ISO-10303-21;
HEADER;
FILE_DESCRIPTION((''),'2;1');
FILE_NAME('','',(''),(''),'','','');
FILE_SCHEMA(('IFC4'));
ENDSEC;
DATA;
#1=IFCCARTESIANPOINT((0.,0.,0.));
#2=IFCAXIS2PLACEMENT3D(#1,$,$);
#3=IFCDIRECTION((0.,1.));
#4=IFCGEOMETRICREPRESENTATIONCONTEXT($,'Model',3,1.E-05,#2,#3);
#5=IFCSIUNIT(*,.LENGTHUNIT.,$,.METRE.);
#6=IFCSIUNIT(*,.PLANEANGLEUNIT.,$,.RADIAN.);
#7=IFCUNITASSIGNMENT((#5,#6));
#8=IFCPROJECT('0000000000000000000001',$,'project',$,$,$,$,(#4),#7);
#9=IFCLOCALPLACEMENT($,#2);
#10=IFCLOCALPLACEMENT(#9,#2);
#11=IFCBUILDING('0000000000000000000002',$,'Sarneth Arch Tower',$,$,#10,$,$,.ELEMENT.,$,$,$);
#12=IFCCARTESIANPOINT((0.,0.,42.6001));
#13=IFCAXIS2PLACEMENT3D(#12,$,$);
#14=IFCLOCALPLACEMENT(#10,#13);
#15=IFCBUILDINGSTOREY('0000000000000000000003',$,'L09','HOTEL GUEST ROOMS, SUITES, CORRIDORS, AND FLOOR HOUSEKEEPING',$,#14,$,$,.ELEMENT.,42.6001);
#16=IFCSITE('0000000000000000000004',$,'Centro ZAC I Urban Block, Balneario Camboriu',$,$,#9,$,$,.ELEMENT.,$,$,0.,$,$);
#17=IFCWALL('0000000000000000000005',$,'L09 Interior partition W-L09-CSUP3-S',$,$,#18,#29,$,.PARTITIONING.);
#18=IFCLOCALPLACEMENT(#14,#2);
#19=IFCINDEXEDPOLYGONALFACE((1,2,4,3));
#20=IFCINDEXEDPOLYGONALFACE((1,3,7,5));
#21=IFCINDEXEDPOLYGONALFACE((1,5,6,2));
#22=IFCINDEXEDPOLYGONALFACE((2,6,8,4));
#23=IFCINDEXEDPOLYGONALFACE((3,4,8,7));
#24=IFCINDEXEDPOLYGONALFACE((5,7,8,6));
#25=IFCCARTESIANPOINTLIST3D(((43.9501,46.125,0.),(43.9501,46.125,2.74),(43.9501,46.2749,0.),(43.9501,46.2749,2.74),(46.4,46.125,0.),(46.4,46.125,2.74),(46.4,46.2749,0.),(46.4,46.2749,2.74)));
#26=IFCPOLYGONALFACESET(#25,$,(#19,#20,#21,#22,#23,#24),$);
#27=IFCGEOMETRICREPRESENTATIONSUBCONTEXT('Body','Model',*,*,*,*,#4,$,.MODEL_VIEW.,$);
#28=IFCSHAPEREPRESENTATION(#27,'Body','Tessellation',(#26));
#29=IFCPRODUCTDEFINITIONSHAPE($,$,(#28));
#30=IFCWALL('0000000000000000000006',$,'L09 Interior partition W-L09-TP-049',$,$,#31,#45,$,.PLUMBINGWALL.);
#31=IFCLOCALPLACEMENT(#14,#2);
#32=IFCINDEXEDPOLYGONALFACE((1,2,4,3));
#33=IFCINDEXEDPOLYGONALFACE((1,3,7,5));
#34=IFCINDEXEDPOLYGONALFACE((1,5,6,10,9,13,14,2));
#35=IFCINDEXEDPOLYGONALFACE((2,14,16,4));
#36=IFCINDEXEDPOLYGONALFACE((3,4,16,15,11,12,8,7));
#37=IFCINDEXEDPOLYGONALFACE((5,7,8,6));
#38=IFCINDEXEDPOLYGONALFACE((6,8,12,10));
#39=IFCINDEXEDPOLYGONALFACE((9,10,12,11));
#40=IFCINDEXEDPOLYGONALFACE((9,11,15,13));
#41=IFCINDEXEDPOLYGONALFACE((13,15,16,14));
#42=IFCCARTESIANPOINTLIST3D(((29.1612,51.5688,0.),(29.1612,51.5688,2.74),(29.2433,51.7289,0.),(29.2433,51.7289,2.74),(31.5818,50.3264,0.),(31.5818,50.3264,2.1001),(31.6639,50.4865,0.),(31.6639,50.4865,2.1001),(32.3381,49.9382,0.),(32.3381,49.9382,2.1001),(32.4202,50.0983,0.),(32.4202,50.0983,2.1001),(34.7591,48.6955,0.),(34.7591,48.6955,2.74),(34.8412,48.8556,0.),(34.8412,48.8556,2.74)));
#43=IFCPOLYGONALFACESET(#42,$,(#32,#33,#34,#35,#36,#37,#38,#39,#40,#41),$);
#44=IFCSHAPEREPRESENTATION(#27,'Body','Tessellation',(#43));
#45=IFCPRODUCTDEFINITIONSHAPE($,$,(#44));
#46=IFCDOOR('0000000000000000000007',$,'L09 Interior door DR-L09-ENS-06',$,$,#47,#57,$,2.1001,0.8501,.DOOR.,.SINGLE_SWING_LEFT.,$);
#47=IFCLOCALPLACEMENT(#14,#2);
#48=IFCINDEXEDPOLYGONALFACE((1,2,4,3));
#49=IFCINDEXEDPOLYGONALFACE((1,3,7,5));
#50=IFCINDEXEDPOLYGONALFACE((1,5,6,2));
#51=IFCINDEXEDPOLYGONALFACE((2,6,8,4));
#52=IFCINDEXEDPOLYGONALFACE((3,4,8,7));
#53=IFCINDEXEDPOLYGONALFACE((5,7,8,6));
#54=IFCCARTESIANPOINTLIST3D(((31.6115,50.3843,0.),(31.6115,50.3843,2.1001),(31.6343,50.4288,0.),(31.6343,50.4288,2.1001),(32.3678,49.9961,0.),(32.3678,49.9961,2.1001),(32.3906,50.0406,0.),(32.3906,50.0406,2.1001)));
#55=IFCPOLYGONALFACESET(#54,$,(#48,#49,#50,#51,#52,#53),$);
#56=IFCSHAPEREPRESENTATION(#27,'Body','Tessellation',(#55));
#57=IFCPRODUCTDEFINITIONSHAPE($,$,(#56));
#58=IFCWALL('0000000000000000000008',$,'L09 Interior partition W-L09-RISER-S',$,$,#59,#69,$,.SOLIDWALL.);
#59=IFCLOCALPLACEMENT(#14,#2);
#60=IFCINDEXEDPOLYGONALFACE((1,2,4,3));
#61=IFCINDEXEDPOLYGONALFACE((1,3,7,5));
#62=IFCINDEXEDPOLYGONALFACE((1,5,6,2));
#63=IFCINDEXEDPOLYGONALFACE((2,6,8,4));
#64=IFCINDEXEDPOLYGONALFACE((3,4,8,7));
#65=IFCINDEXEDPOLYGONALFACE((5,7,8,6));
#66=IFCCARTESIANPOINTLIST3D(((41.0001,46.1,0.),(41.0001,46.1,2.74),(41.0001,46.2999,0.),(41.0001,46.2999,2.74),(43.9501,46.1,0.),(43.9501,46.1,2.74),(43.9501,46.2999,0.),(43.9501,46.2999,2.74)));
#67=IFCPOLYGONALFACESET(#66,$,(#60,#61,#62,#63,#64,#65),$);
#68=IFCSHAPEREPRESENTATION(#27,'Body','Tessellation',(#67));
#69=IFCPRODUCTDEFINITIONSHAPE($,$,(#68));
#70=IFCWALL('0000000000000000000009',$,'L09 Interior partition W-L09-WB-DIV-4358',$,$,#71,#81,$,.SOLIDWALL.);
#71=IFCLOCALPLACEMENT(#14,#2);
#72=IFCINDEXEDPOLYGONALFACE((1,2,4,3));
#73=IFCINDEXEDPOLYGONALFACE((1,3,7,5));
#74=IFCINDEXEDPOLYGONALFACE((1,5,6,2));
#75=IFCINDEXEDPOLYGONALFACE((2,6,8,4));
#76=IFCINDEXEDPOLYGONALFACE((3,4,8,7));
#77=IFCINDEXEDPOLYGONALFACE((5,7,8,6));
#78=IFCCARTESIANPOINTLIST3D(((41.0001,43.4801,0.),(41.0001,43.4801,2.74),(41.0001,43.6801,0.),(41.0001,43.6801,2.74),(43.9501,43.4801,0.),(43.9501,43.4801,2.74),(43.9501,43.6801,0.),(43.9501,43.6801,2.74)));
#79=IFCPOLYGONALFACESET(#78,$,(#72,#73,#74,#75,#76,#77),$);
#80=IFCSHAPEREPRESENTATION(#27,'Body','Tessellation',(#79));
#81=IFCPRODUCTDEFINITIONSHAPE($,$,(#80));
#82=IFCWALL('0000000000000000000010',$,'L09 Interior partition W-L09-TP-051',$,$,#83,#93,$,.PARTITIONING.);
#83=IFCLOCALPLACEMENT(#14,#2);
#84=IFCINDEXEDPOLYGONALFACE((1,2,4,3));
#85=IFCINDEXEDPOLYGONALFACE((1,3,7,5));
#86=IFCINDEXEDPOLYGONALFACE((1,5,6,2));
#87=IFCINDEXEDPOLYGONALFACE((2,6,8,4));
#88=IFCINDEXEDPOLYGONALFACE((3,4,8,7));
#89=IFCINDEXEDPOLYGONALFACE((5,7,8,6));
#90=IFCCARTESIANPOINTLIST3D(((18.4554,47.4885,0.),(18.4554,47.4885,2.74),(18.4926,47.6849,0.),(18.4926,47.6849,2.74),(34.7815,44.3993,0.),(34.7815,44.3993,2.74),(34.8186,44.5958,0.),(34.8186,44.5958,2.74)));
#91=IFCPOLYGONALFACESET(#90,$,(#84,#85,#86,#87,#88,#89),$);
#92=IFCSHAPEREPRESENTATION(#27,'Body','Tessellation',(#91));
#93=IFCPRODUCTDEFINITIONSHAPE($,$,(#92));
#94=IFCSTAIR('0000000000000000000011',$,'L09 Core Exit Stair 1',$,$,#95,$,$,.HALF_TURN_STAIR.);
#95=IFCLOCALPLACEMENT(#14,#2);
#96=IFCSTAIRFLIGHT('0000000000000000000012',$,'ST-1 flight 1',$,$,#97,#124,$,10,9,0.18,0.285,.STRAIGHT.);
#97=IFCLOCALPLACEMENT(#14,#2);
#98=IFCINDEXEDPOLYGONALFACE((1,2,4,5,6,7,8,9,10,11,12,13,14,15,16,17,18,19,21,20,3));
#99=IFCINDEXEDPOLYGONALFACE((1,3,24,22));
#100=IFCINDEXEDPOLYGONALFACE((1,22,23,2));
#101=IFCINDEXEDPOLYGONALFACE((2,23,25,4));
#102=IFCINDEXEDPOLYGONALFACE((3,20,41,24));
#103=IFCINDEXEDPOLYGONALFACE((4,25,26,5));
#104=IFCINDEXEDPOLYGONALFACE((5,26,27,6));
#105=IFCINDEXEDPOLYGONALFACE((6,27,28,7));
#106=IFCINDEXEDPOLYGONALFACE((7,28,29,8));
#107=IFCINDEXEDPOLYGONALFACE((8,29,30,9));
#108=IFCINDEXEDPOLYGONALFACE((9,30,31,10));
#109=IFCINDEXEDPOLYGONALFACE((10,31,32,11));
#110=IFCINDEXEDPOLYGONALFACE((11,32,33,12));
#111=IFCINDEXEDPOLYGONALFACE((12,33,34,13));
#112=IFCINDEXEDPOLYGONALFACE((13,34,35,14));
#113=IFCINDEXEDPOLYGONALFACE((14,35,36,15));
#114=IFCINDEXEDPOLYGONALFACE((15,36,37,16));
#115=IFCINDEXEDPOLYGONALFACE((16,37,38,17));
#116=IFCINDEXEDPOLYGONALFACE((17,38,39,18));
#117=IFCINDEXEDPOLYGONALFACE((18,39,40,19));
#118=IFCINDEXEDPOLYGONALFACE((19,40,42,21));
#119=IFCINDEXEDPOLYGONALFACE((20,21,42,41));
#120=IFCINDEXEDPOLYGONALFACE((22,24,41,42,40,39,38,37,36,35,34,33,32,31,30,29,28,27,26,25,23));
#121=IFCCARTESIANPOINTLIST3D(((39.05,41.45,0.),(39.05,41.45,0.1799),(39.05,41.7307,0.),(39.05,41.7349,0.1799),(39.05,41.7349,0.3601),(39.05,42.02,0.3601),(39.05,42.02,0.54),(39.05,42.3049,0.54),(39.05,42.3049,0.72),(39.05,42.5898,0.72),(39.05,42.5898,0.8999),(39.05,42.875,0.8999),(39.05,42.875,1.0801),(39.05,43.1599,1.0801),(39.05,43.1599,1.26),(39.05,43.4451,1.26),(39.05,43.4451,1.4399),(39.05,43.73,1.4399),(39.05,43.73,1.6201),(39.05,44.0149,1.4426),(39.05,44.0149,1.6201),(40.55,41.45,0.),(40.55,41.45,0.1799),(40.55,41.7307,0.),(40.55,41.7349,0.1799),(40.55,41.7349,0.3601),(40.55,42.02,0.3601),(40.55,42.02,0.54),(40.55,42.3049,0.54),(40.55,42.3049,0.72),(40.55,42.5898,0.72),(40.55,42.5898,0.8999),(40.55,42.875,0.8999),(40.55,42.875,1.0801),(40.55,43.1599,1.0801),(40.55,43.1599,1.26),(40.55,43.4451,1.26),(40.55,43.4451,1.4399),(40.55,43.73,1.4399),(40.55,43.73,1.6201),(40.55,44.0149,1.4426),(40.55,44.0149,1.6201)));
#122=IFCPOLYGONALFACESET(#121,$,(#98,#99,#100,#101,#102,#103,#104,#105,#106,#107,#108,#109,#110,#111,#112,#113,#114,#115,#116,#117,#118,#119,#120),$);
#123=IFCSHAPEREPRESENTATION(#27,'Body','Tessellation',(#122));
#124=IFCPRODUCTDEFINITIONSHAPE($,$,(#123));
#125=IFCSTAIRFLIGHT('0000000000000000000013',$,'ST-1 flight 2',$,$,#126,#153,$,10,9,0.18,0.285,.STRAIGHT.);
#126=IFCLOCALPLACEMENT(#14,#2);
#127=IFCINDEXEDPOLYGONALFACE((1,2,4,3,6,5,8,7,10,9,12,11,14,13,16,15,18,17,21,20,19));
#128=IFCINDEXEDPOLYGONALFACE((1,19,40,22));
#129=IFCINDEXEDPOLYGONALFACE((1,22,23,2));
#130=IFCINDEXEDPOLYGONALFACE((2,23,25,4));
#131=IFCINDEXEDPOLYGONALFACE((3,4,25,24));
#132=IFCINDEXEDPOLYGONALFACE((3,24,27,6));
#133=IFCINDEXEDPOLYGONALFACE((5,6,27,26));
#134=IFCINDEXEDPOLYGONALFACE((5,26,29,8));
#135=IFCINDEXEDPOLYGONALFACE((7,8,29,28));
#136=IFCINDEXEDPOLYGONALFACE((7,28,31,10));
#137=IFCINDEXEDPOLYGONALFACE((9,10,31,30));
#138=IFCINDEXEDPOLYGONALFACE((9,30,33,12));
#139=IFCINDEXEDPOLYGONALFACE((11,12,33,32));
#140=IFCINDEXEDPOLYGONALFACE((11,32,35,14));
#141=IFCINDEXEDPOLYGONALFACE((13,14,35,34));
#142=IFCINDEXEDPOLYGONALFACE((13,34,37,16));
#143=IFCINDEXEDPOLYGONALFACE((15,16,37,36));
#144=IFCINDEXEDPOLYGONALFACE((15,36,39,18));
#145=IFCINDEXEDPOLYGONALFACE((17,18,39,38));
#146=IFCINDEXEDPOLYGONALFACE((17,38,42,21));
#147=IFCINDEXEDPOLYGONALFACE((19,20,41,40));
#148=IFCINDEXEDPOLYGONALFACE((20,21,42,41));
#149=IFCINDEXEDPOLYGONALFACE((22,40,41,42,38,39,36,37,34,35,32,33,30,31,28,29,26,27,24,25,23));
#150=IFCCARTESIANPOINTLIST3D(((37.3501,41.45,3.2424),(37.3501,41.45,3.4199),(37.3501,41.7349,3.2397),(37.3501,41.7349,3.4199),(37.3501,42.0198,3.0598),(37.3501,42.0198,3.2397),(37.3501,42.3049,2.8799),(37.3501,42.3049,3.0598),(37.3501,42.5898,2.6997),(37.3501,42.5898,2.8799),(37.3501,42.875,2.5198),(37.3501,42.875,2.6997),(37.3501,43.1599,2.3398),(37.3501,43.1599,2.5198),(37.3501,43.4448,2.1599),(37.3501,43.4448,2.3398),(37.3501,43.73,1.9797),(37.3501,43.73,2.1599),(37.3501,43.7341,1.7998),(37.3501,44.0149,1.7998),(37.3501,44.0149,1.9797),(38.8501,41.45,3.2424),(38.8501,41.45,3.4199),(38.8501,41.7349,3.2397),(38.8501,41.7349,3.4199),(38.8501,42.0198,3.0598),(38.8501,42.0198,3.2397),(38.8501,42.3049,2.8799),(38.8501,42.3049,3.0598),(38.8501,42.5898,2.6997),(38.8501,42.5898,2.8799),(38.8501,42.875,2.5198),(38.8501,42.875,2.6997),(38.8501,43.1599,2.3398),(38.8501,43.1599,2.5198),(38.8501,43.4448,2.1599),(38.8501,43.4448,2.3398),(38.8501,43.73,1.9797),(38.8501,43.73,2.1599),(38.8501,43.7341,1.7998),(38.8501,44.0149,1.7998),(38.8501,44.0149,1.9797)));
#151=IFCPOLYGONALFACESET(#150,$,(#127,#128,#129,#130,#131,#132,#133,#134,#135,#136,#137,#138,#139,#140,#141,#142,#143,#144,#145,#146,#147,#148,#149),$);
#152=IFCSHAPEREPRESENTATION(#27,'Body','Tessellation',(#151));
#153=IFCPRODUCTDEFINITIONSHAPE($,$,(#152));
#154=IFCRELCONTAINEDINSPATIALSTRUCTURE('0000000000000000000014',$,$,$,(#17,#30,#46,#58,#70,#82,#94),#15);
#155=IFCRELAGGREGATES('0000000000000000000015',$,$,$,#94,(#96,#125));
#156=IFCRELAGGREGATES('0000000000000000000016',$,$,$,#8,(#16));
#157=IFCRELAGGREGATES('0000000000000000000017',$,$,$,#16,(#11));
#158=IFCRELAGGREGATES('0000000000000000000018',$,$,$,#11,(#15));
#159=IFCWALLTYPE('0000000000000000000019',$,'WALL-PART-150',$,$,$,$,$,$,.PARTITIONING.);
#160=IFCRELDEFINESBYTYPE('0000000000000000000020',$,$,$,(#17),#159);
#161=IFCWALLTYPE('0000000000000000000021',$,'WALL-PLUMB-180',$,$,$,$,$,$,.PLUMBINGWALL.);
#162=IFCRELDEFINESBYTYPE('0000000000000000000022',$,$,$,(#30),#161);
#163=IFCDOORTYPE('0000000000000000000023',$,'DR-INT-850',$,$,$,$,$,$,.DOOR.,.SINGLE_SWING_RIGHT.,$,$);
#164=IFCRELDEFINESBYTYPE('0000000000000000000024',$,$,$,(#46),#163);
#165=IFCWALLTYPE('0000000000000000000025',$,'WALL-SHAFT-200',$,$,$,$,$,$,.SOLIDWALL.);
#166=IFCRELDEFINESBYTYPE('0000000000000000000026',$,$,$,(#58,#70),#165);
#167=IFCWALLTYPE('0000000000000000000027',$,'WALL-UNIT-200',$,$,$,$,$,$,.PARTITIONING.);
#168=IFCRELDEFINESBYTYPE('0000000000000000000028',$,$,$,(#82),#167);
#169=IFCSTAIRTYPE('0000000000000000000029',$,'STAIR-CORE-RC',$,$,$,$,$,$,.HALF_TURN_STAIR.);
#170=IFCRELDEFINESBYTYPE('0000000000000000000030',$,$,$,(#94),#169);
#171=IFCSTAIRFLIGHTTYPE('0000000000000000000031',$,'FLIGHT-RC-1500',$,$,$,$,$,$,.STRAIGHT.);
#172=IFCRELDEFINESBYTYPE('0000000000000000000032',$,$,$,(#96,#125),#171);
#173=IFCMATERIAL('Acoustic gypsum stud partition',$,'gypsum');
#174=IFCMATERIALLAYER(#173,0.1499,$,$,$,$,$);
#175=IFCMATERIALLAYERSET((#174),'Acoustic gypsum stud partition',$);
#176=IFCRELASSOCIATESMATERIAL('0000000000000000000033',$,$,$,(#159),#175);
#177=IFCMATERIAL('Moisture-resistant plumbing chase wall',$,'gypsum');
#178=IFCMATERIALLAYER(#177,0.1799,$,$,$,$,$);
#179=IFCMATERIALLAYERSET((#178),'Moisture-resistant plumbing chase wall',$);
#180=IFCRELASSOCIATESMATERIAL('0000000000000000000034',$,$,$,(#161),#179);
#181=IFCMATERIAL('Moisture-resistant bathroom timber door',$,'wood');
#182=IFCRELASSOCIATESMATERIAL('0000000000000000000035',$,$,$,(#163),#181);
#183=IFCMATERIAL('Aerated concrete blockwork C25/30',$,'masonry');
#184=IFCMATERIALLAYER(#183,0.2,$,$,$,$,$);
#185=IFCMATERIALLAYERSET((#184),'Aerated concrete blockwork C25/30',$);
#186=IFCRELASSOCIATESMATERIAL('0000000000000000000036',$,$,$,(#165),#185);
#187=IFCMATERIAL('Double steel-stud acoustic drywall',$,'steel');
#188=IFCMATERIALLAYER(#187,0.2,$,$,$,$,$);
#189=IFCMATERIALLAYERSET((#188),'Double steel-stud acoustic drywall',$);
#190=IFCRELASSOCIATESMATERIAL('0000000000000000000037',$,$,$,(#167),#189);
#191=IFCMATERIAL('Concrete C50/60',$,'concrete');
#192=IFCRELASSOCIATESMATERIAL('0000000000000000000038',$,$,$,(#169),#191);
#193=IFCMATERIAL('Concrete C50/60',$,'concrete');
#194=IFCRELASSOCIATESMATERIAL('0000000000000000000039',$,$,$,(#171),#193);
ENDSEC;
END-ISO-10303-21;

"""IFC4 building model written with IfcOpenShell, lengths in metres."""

from ifc_helpers import new_model, si_unit, direction, frame, frame_2d, origin, place, context, subcontext, project, spatial, polyline, rectangle, outline, extrude, material, layer, layer_set, type_object, element, fill, aggregate, save


model = new_model("IFC4")

# Units and contexts
model_context = context("Model", 3, precision=1e-05, world=origin(), true_north=direction((0.0, 1.0)))
body_context = subcontext(model_context, "Body", "Model", "MODEL_VIEW")
ifc_project = project(units=[si_unit("LENGTHUNIT", "METRE"), si_unit("PLANEANGLEUNIT", "RADIAN")], contexts=[model_context])

# Site, building, storey
site_placement = place(None, origin())
site = spatial("IfcSite", under=ifc_project, at=site_placement, Name="Centro ZAC I Urban Block, Balneario Camboriu", CompositionType="ELEMENT", RefElevation=0.0)
building_placement = place(site_placement, origin())
building = spatial("IfcBuilding", under=site, at=building_placement, Name="Sarneth Arch Tower", CompositionType="ELEMENT")
storey_placement = place(building_placement, frame((0.0, 0.0, 42.6001)))
storey = spatial("IfcBuildingStorey", under=building, at=storey_placement, Name="L09", Description="HOTEL GUEST ROOMS, SUITES, CORRIDORS, AND FLOOR HOUSEKEEPING", CompositionType="ELEMENT", Elevation=42.6001)

# Wall
ifc_material_1 = material(Name="Acoustic gypsum stud partition", Category="gypsum")
ifc_layer_1 = layer(ifc_material_1, 0.1499)
ifc_layer_set_1 = layer_set([ifc_layer_1], Name="Acoustic gypsum stud partition")
wall_type_1 = type_object("IfcWallType", Name="WALL-PART-150", PredefinedType="PARTITIONING", material=ifc_layer_set_1)
wall_1_placement = place(storey_placement, frame((43.95, 46.2, 0.0), z_axis=(0.0, 0.0, 1.0), x_axis=(1.0, 0.0, 0.0)))
element("IfcWall", 1, at=wall_1_placement, inside=storey, type_object=wall_type_1, Name="L09 Interior partition W-L09-CSUP3-S", PredefinedType="PARTITIONING", context=body_context, shape_type="SweptSolid", body=[
    extrude(rectangle(XDim=2.45, YDim=0.1499, at=frame_2d((1.2251, 0.0))), origin(), (0.0, 0.0, 1.0), 2.74),
])

# Wall, opening, door
ifc_material_2 = material(Name="Moisture-resistant plumbing chase wall", Category="gypsum")
ifc_layer_2 = layer(ifc_material_2, 0.1799)
ifc_layer_set_2 = layer_set([ifc_layer_2], Name="Moisture-resistant plumbing chase wall")
wall_type_2 = type_object("IfcWallType", Name="WALL-PLUMB-180", PredefinedType="PLUMBINGWALL", material=ifc_layer_set_2)
wall_2_placement = place(storey_placement, frame((34.8, 48.7756, 0.0), z_axis=(0.0, 0.0, 1.0), x_axis=(-0.889651, 0.45664, 0.0)))
wall_2 = element("IfcWall", 2, at=wall_2_placement, inside=storey, type_object=wall_type_2, Name="L09 Interior partition W-L09-TP-049", PredefinedType="PLUMBINGWALL", context=body_context, shape_type="SweptSolid", body=[
    extrude(rectangle(XDim=6.2922, YDim=0.1799, at=frame_2d((3.146, 0.0))), origin(), (0.0, 0.0, 1.0), 2.74),
])
opening_1_placement = place(wall_2_placement, frame((2.7212, 0.0, 0.0)))
opening_1 = element("IfcOpeningElement", 3, at=opening_1_placement, cuts=wall_2, PredefinedType="OPENING", context=body_context, shape_type="SweptSolid", body=[
    extrude(rectangle(XDim=0.8501, YDim=2.1001, at=frame_2d((0.425, 1.05))), frame((0.0, 0.0999, 0.0), z_axis=(0.0, -1.0, 0.0), x_axis=(1.0, 0.0, 0.0)), (0.0, 0.0, 1.0), 0.2),
])
ifc_material_3 = material(Name="Moisture-resistant bathroom timber door", Category="wood")
door_type_1 = type_object("IfcDoorType", Name="DR-INT-850", OperationType="SINGLE_SWING_RIGHT", PredefinedType="DOOR", material=ifc_material_3)
door_1_placement = place(opening_1_placement, origin())
door_1 = element("IfcDoor", 4, at=door_1_placement, inside=storey, type_object=door_type_1, Name="L09 Interior door DR-L09-ENS-06", OperationType="SINGLE_SWING_LEFT", OverallHeight=2.1001, OverallWidth=0.8501, PredefinedType="DOOR", context=body_context, shape_type="SweptSolid", body=[
    extrude(rectangle(XDim=0.8501, YDim=2.1001, at=frame_2d((0.425, 1.05))), frame((0.0, 0.0249, 0.0), z_axis=(0.0, -1.0, 0.0), x_axis=(1.0, 0.0, 0.0)), (0.0, 0.0, 1.0), 0.05),
])
fill(opening_1, door_1)

# Wall
ifc_material_4 = material(Name="Aerated concrete blockwork C25/30", Category="masonry")
ifc_layer_3 = layer(ifc_material_4, 0.2)
ifc_layer_set_3 = layer_set([ifc_layer_3], Name="Aerated concrete blockwork C25/30")
wall_type_3 = type_object("IfcWallType", Name="WALL-SHAFT-200", PredefinedType="SOLIDWALL", material=ifc_layer_set_3)
wall_3_placement = place(storey_placement, frame((41.0, 46.2, 0.0), z_axis=(0.0, 0.0, 1.0), x_axis=(1.0, 0.0, 0.0)))
element("IfcWall", 5, at=wall_3_placement, inside=storey, type_object=wall_type_3, Name="L09 Interior partition W-L09-RISER-S", PredefinedType="SOLIDWALL", context=body_context, shape_type="SweptSolid", body=[
    extrude(rectangle(XDim=2.95, YDim=0.2, at=frame_2d((1.4751, 0.0))), origin(), (0.0, 0.0, 1.0), 2.74),
])

# Walls
wall_4_placement = place(storey_placement, frame((41.0, 43.5801, 0.0), z_axis=(0.0, 0.0, 1.0), x_axis=(1.0, 0.0, 0.0)))
element("IfcWall", 6, at=wall_4_placement, inside=storey, type_object=wall_type_3, Name="L09 Interior partition W-L09-WB-DIV-4358", PredefinedType="SOLIDWALL", context=body_context, shape_type="SweptSolid", body=[
    extrude(rectangle(XDim=2.95, YDim=0.2, at=frame_2d((1.4751, 0.0))), origin(), (0.0, 0.0, 1.0), 2.74),
])
ifc_material_5 = material(Name="Double steel-stud acoustic drywall", Category="steel")
ifc_layer_4 = layer(ifc_material_5, 0.2)
ifc_layer_set_4 = layer_set([ifc_layer_4], Name="Double steel-stud acoustic drywall")
wall_type_4 = type_object("IfcWallType", Name="WALL-UNIT-200", PredefinedType="PARTITIONING", material=ifc_layer_set_4)
wall_5_placement = place(storey_placement, frame((34.8, 44.4976, 0.0), z_axis=(0.0, 0.0, 1.0), x_axis=(-0.982566, 0.185916, 0.0)))
element("IfcWall", 7, at=wall_5_placement, inside=storey, type_object=wall_type_4, Name="L09 Interior partition W-L09-TP-051", PredefinedType="PARTITIONING", context=body_context, shape_type="SweptSolid", body=[
    extrude(rectangle(XDim=16.6157, YDim=0.2, at=frame_2d((8.3079, 0.0))), origin(), (0.0, 0.0, 1.0), 2.74),
])

# Stair, stair flights
ifc_material_6 = material(Name="Concrete C50/60", Category="concrete")
stair_type = type_object("IfcStairType", Name="STAIR-CORE-RC", PredefinedType="HALF_TURN_STAIR", material=ifc_material_6)
stair_placement = place(storey_placement, origin())
stair = element("IfcStair", 8, at=stair_placement, inside=storey, type_object=stair_type, Name="L09 Core Exit Stair 1", PredefinedType="HALF_TURN_STAIR")
ifc_material_7 = material(Name="Concrete C50/60", Category="concrete")
stair_flight_type = type_object("IfcStairFlightType", Name="FLIGHT-RC-1500", PredefinedType="STRAIGHT", material=ifc_material_7)
stair_flight_1_placement = place(storey_placement, frame((39.8, 41.45, 0.0), z_axis=(0.0, 0.0, 1.0), x_axis=(0.0, 1.0, 0.0)))
stair_flight_1 = element("IfcStairFlight", 9, at=stair_flight_1_placement, type_object=stair_flight_type, Name="ST-1 flight 1", NumberOfRisers=10, NumberOfTreads=9, PredefinedType="STRAIGHT", RiserHeight=0.18, TreadLength=0.285, context=body_context, shape_type="SweptSolid", body=[
    extrude(outline(polyline([(0.0, 0.0), (0.0, 0.1799), (0.2849, 0.1799), (0.2849, 0.3601), (0.5701, 0.3601), (0.5701, 0.54), (0.855, 0.54), (0.855, 0.72), (1.1399, 0.72), (1.1399, 0.8999), (1.425, 0.8999), (1.425, 1.0801), (1.71, 1.0801), (1.71, 1.26), (1.9951, 1.26), (1.9951, 1.4399), (2.28, 1.4399), (2.28, 1.6201), (2.5649, 1.6201), (2.5649, 1.8), (2.5649, 1.4426), (0.2808, 0.0), (0.0, 0.0)])), frame((0.0, 0.75, 0.0), z_axis=(0.0, -1.0, 0.0), x_axis=(1.0, 0.0, 0.0)), (0.0, 0.0, 1.0), 1.5),
])
stair_flight_2_placement = place(storey_placement, frame((38.1001, 44.0149, 1.7998), z_axis=(0.0, 0.0, 1.0), x_axis=(0.0, -1.0, 0.0)))
stair_flight_2 = element("IfcStairFlight", 10, at=stair_flight_2_placement, type_object=stair_flight_type, Name="ST-1 flight 2", NumberOfRisers=10, NumberOfTreads=9, PredefinedType="STRAIGHT", RiserHeight=0.18, TreadLength=0.285, context=body_context, shape_type="SweptSolid", body=[
    extrude(outline(polyline([(0.0, 0.0), (0.0, 0.1799), (0.2849, 0.1799), (0.2849, 0.3601), (0.5701, 0.3601), (0.5701, 0.54), (0.855, 0.54), (0.855, 0.72), (1.1399, 0.72), (1.1399, 0.8999), (1.425, 0.8999), (1.425, 1.0801), (1.71, 1.0801), (1.71, 1.26), (1.9951, 1.26), (1.9951, 1.4399), (2.28, 1.4399), (2.28, 1.6201), (2.5649, 1.6201), (2.5649, 1.8), (2.5649, 1.4426), (0.2808, 0.0), (0.0, 0.0)])), frame((0.0, 0.75, 0.0), z_axis=(0.0, -1.0, 0.0), x_axis=(1.0, 0.0, 0.0)), (0.0, 0.0, 1.0), 1.5),
])
aggregate(stair, [stair_flight_1, stair_flight_2])

save(model, "model.ifc")
